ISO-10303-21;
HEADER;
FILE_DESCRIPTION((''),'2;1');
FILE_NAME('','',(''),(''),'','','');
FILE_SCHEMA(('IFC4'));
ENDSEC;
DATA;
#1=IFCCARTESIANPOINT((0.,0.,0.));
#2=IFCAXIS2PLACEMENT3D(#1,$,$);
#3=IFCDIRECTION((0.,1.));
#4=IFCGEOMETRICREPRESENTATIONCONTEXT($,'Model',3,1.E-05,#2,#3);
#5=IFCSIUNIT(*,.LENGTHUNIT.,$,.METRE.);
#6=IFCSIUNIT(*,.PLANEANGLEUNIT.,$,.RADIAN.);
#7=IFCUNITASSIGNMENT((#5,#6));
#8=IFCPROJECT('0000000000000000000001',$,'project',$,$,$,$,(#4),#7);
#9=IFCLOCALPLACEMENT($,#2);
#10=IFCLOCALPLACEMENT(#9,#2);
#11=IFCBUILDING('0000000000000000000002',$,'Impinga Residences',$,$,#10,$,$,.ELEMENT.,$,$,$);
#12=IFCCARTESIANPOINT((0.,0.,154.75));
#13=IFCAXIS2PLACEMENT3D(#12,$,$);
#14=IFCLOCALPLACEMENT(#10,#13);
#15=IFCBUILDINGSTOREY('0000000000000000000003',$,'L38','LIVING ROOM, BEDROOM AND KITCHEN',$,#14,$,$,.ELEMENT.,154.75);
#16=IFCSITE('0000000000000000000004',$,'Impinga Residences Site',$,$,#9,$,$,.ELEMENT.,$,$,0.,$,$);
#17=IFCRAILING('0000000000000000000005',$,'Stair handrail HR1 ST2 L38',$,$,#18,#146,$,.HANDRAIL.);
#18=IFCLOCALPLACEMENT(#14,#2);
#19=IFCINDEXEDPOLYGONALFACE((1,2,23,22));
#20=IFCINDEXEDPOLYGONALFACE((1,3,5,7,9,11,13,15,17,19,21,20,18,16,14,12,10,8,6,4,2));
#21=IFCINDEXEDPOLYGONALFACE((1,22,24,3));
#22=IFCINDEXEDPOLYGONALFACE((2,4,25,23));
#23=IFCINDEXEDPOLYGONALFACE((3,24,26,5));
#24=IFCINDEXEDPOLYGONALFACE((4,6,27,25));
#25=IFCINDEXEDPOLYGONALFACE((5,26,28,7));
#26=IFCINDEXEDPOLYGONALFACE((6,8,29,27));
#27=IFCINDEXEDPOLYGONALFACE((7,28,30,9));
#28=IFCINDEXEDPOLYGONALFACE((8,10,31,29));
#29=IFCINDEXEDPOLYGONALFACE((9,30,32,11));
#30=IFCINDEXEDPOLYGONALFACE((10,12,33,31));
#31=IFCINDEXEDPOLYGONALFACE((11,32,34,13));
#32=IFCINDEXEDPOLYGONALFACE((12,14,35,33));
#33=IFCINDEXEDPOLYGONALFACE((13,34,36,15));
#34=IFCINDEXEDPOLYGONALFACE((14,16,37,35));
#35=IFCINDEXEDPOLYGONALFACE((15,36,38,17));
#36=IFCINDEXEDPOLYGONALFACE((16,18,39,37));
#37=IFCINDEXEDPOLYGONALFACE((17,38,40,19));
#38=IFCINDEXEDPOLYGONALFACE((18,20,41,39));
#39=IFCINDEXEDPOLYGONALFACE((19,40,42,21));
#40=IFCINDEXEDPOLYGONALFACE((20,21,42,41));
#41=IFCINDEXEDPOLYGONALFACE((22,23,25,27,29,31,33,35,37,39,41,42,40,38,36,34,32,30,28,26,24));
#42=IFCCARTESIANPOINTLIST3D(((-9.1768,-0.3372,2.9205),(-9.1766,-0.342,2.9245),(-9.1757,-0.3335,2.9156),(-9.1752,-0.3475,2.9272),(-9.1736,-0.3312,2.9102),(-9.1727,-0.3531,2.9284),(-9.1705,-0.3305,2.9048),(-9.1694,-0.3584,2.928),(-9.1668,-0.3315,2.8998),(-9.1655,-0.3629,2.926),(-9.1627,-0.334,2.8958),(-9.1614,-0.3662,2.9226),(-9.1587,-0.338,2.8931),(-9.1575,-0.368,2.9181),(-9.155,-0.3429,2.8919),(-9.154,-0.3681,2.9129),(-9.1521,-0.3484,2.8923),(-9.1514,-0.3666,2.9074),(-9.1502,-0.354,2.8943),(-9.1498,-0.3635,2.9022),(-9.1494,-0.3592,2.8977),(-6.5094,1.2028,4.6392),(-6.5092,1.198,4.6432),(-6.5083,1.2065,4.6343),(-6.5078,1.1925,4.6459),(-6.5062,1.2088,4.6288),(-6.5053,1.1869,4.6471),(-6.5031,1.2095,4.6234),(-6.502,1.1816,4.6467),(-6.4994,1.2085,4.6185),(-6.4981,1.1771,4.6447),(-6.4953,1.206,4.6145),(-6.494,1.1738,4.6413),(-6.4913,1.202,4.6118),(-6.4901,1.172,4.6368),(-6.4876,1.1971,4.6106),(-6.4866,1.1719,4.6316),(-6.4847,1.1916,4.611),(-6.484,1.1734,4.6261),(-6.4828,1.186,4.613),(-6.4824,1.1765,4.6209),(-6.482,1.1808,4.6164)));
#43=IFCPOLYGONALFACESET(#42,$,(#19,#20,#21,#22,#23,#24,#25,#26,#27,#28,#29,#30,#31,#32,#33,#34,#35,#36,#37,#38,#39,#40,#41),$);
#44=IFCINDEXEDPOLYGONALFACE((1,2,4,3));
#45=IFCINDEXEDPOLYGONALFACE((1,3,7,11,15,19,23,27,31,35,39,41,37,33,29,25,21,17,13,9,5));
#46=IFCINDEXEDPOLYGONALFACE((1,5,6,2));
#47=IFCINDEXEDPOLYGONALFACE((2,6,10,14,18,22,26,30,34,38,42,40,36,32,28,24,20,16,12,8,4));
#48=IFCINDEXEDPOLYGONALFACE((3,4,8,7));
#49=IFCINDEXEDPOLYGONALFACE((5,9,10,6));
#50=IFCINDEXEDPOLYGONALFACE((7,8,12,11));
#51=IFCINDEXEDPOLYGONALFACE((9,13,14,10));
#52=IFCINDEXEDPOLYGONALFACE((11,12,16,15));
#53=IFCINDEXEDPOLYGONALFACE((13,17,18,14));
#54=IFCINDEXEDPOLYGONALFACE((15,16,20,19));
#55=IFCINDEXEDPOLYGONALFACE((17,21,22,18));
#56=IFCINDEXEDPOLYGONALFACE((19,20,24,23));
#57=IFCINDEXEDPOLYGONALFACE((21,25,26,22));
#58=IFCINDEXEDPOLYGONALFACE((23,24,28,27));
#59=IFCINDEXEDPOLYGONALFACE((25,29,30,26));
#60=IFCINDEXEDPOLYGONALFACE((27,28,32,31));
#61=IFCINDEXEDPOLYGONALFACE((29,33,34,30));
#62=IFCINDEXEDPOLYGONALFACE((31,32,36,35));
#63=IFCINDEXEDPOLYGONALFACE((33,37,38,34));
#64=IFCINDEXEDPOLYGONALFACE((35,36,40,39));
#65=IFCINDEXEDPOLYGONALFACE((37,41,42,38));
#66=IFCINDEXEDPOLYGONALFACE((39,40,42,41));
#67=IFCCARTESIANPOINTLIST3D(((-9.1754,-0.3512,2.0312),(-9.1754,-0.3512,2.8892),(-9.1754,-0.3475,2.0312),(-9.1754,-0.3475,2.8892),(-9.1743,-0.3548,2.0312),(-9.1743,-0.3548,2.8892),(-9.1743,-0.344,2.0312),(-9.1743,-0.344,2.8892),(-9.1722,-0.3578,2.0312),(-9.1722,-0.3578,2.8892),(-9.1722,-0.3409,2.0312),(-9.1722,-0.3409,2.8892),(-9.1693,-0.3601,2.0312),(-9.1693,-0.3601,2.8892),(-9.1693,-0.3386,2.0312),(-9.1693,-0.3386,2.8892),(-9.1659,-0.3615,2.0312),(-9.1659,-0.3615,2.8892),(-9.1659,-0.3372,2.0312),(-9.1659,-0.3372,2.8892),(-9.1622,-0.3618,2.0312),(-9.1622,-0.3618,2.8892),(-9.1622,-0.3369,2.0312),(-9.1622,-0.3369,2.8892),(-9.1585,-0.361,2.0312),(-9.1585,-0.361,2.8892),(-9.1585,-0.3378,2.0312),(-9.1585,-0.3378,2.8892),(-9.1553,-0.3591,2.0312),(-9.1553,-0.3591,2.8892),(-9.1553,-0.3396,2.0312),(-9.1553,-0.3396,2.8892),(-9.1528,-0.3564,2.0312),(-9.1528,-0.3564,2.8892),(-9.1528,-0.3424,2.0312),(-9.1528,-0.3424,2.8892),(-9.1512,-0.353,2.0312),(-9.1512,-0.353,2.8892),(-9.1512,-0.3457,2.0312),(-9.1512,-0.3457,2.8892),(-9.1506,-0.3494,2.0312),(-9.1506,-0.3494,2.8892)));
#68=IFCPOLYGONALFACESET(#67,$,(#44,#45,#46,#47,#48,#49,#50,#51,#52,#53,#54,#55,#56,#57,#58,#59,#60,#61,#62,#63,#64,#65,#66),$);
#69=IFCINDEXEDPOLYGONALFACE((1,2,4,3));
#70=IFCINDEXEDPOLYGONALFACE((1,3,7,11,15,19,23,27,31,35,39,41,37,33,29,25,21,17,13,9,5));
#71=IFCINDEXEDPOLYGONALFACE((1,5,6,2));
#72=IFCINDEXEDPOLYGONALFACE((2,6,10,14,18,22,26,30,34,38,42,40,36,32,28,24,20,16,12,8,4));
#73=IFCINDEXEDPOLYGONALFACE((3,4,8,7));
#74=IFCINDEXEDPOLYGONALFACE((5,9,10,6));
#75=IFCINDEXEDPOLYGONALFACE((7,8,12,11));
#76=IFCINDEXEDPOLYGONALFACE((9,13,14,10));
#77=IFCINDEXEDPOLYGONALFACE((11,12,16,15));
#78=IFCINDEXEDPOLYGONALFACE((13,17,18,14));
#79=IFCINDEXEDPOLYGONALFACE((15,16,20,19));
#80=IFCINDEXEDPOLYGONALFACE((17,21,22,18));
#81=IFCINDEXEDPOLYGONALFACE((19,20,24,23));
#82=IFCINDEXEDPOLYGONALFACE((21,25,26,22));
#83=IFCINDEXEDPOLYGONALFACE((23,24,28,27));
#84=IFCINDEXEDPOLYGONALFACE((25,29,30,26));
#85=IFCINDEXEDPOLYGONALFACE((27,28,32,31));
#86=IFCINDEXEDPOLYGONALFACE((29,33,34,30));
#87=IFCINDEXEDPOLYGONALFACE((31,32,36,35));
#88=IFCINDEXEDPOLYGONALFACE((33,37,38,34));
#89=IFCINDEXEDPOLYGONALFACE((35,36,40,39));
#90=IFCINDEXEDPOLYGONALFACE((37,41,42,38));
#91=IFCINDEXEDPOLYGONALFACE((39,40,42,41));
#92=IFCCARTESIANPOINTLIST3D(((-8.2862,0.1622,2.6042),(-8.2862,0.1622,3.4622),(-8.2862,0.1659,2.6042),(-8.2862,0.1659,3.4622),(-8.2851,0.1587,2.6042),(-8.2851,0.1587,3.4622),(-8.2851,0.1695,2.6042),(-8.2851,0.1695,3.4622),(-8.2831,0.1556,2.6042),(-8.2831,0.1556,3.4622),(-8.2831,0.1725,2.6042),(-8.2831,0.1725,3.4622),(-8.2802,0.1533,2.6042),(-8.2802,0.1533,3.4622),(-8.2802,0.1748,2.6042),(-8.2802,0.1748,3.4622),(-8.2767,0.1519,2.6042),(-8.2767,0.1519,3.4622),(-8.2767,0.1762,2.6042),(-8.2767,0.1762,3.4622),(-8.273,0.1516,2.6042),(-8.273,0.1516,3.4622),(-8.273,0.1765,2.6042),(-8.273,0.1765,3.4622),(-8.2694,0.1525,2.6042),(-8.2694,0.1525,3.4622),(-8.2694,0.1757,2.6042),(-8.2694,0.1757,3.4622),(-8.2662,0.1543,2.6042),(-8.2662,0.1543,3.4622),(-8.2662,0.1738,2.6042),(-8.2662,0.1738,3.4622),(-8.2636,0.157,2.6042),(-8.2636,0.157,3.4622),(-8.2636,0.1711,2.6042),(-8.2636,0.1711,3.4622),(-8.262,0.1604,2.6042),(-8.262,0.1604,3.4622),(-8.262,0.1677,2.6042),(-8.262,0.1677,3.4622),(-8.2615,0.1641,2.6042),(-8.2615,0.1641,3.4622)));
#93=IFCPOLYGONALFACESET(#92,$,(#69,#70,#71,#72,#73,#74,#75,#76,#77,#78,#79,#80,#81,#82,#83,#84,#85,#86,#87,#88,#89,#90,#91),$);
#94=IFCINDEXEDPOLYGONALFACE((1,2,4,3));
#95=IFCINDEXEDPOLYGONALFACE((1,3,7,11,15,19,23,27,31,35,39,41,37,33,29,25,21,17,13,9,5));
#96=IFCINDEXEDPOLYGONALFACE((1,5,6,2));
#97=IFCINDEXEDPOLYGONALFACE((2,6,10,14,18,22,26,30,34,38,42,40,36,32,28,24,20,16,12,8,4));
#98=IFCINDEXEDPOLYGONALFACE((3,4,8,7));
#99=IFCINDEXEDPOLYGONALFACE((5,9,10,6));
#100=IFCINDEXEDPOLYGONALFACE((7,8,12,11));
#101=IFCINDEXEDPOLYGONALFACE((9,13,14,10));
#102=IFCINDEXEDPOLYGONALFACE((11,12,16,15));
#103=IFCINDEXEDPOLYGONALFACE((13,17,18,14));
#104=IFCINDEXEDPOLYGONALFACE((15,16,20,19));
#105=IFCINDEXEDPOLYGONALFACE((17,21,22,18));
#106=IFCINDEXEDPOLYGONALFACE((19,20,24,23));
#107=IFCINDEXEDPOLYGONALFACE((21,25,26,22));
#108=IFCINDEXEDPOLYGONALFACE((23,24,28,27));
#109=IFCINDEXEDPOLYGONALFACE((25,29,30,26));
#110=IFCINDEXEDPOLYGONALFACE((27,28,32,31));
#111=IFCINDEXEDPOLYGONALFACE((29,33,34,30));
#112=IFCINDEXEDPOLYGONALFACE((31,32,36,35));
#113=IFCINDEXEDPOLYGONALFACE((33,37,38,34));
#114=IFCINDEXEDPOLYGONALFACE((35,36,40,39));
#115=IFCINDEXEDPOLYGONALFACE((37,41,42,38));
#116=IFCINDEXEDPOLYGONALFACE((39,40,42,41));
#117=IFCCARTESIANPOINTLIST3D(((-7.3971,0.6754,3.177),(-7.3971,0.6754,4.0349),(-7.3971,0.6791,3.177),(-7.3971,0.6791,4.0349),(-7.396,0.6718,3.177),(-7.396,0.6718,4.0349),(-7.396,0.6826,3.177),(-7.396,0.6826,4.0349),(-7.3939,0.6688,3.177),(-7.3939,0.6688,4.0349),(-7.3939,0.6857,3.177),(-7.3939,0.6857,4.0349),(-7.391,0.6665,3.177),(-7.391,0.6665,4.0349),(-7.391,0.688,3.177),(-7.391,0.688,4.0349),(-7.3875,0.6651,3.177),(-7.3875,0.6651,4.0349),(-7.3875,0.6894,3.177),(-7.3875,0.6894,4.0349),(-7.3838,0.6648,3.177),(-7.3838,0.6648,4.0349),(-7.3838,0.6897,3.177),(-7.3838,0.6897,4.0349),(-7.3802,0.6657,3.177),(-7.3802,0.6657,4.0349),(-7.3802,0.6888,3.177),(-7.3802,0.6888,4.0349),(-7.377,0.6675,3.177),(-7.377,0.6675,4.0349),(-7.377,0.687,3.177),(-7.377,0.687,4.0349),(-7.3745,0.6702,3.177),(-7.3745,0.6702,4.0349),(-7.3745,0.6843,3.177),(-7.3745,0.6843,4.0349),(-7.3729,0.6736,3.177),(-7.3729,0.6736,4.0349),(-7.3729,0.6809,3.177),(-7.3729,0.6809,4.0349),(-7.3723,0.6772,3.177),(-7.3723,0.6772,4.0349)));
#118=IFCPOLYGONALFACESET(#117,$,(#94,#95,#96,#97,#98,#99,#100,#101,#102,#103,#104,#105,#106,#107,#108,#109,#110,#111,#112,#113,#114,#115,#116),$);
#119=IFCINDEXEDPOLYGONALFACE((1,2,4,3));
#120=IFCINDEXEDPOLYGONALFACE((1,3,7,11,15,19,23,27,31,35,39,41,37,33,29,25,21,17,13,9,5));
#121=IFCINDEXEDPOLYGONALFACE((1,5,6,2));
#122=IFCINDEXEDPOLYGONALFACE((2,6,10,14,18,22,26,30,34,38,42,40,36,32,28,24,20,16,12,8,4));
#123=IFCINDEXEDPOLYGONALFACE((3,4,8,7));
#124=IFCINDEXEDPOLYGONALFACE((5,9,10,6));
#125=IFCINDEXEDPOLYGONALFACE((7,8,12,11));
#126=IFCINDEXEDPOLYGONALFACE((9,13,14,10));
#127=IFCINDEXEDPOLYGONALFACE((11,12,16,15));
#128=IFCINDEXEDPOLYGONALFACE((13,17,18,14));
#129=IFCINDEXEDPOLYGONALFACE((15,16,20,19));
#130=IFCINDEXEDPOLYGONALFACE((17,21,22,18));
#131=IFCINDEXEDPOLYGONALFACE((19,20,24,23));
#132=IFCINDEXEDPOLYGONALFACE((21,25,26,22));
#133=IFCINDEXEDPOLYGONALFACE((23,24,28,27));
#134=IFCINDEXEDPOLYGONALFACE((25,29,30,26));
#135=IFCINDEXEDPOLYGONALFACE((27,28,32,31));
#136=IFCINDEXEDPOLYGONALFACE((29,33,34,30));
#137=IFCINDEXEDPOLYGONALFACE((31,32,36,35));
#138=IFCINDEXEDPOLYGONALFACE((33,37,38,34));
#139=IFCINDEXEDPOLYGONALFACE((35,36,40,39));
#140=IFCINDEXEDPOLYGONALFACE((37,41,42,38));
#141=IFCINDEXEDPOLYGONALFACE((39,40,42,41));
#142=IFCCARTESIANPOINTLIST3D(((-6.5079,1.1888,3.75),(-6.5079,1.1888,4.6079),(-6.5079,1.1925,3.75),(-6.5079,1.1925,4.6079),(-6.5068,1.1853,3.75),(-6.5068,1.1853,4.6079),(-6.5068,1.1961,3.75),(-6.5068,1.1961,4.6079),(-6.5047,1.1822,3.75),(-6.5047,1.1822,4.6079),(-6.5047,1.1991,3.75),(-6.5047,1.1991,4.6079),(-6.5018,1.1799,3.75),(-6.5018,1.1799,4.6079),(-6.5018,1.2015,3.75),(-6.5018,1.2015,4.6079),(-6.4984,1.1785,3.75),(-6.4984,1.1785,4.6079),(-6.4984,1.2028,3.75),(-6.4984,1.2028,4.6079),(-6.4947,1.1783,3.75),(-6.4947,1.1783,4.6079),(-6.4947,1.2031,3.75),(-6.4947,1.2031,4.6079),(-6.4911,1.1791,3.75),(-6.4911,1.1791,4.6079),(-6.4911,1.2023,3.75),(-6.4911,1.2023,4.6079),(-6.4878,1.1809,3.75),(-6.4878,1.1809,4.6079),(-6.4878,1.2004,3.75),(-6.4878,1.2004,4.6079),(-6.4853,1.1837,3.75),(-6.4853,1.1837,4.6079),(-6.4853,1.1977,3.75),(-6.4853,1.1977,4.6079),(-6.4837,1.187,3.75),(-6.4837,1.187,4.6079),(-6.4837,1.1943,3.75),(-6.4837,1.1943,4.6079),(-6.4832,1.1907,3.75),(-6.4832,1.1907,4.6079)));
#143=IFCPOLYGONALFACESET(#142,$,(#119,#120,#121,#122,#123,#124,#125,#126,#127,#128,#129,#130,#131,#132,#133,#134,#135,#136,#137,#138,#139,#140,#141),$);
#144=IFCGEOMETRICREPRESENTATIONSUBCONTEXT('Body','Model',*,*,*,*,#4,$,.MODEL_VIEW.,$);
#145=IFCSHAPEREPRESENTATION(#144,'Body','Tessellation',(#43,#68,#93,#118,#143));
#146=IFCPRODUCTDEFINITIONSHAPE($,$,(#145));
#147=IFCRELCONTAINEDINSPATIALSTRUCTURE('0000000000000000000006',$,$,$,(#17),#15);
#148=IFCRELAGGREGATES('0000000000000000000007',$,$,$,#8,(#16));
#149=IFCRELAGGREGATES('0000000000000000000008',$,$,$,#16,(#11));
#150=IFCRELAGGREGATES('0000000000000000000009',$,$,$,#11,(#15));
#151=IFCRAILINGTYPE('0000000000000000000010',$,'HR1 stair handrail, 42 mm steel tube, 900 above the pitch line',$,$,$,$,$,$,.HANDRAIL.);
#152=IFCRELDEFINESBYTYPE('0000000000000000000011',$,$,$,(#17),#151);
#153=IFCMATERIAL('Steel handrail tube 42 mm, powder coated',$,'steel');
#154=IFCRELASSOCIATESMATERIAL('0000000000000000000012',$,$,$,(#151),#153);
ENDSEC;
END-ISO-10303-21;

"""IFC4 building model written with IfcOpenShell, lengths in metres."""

from ifc_helpers import new_model, si_unit, direction, frame, origin, origin_2d, place, context, subcontext, project, spatial, circle, extrude, material, type_object, element, save


model = new_model("IFC4")

# Units and contexts
model_context = context("Model", 3, precision=1e-05, world=origin(), true_north=direction((0.0, 1.0)))
body_context = subcontext(model_context, "Body", "Model", "MODEL_VIEW")
ifc_project = project(units=[si_unit("LENGTHUNIT", "METRE"), si_unit("PLANEANGLEUNIT", "RADIAN")], contexts=[model_context])

# Site, building, storey
site_placement = place(None, origin())
site = spatial("IfcSite", under=ifc_project, at=site_placement, Name="Impinga Residences Site", CompositionType="ELEMENT", RefElevation=0.0)
building_placement = place(site_placement, origin())
building = spatial("IfcBuilding", under=site, at=building_placement, Name="Impinga Residences", CompositionType="ELEMENT")
storey_placement = place(building_placement, frame((0.0, 0.0, 154.75)))
storey = spatial("IfcBuildingStorey", under=building, at=storey_placement, Name="L38", Description="LIVING ROOM, BEDROOM AND KITCHEN", CompositionType="ELEMENT", Elevation=154.75)

# Railing
ifc_material_1 = material(Name="Steel handrail tube 42 mm, powder coated", Category="steel")
railing_type_1 = type_object("IfcRailingType", Name="HR1 stair handrail, 42 mm steel tube, 900 above the pitch line", PredefinedType="HANDRAIL", material=ifc_material_1)
railing_1_placement = place(storey_placement, frame((-9.1631, -0.3494, 2.0312)))
element("IfcRailing", 1, at=railing_1_placement, inside=storey, type_object=railing_type_1, Name="Stair handrail HR1 ST2 L38", PredefinedType="HANDRAIL", context=body_context, shape_type="SweptSolid", body=[
    extrude(circle(Radius=0.021, at=origin_2d()), frame((0.0, 0.0, 0.8789), z_axis=(0.756256, 0.436616, 0.487282), x_axis=(-0.499992, 0.86603, 0.0)), (0.0, 0.0, 1.0), 3.5271),
    extrude(circle(Radius=0.0125, at=origin_2d()), origin(), (0.0, 0.0, 1.0), 0.8579),
    extrude(circle(Radius=0.0125, at=origin_2d()), frame((0.8892, 0.5134, 0.573)), (0.0, 0.0, 1.0), 0.8579),
    extrude(circle(Radius=0.0125, at=origin_2d()), frame((1.7783, 1.0266, 1.1458)), (0.0, 0.0, 1.0), 0.8579),
    extrude(circle(Radius=0.0125, at=origin_2d()), frame((2.6675, 1.54, 1.7188)), (0.0, 0.0, 1.0), 0.8579),
])

save(model, "model.ifc")
